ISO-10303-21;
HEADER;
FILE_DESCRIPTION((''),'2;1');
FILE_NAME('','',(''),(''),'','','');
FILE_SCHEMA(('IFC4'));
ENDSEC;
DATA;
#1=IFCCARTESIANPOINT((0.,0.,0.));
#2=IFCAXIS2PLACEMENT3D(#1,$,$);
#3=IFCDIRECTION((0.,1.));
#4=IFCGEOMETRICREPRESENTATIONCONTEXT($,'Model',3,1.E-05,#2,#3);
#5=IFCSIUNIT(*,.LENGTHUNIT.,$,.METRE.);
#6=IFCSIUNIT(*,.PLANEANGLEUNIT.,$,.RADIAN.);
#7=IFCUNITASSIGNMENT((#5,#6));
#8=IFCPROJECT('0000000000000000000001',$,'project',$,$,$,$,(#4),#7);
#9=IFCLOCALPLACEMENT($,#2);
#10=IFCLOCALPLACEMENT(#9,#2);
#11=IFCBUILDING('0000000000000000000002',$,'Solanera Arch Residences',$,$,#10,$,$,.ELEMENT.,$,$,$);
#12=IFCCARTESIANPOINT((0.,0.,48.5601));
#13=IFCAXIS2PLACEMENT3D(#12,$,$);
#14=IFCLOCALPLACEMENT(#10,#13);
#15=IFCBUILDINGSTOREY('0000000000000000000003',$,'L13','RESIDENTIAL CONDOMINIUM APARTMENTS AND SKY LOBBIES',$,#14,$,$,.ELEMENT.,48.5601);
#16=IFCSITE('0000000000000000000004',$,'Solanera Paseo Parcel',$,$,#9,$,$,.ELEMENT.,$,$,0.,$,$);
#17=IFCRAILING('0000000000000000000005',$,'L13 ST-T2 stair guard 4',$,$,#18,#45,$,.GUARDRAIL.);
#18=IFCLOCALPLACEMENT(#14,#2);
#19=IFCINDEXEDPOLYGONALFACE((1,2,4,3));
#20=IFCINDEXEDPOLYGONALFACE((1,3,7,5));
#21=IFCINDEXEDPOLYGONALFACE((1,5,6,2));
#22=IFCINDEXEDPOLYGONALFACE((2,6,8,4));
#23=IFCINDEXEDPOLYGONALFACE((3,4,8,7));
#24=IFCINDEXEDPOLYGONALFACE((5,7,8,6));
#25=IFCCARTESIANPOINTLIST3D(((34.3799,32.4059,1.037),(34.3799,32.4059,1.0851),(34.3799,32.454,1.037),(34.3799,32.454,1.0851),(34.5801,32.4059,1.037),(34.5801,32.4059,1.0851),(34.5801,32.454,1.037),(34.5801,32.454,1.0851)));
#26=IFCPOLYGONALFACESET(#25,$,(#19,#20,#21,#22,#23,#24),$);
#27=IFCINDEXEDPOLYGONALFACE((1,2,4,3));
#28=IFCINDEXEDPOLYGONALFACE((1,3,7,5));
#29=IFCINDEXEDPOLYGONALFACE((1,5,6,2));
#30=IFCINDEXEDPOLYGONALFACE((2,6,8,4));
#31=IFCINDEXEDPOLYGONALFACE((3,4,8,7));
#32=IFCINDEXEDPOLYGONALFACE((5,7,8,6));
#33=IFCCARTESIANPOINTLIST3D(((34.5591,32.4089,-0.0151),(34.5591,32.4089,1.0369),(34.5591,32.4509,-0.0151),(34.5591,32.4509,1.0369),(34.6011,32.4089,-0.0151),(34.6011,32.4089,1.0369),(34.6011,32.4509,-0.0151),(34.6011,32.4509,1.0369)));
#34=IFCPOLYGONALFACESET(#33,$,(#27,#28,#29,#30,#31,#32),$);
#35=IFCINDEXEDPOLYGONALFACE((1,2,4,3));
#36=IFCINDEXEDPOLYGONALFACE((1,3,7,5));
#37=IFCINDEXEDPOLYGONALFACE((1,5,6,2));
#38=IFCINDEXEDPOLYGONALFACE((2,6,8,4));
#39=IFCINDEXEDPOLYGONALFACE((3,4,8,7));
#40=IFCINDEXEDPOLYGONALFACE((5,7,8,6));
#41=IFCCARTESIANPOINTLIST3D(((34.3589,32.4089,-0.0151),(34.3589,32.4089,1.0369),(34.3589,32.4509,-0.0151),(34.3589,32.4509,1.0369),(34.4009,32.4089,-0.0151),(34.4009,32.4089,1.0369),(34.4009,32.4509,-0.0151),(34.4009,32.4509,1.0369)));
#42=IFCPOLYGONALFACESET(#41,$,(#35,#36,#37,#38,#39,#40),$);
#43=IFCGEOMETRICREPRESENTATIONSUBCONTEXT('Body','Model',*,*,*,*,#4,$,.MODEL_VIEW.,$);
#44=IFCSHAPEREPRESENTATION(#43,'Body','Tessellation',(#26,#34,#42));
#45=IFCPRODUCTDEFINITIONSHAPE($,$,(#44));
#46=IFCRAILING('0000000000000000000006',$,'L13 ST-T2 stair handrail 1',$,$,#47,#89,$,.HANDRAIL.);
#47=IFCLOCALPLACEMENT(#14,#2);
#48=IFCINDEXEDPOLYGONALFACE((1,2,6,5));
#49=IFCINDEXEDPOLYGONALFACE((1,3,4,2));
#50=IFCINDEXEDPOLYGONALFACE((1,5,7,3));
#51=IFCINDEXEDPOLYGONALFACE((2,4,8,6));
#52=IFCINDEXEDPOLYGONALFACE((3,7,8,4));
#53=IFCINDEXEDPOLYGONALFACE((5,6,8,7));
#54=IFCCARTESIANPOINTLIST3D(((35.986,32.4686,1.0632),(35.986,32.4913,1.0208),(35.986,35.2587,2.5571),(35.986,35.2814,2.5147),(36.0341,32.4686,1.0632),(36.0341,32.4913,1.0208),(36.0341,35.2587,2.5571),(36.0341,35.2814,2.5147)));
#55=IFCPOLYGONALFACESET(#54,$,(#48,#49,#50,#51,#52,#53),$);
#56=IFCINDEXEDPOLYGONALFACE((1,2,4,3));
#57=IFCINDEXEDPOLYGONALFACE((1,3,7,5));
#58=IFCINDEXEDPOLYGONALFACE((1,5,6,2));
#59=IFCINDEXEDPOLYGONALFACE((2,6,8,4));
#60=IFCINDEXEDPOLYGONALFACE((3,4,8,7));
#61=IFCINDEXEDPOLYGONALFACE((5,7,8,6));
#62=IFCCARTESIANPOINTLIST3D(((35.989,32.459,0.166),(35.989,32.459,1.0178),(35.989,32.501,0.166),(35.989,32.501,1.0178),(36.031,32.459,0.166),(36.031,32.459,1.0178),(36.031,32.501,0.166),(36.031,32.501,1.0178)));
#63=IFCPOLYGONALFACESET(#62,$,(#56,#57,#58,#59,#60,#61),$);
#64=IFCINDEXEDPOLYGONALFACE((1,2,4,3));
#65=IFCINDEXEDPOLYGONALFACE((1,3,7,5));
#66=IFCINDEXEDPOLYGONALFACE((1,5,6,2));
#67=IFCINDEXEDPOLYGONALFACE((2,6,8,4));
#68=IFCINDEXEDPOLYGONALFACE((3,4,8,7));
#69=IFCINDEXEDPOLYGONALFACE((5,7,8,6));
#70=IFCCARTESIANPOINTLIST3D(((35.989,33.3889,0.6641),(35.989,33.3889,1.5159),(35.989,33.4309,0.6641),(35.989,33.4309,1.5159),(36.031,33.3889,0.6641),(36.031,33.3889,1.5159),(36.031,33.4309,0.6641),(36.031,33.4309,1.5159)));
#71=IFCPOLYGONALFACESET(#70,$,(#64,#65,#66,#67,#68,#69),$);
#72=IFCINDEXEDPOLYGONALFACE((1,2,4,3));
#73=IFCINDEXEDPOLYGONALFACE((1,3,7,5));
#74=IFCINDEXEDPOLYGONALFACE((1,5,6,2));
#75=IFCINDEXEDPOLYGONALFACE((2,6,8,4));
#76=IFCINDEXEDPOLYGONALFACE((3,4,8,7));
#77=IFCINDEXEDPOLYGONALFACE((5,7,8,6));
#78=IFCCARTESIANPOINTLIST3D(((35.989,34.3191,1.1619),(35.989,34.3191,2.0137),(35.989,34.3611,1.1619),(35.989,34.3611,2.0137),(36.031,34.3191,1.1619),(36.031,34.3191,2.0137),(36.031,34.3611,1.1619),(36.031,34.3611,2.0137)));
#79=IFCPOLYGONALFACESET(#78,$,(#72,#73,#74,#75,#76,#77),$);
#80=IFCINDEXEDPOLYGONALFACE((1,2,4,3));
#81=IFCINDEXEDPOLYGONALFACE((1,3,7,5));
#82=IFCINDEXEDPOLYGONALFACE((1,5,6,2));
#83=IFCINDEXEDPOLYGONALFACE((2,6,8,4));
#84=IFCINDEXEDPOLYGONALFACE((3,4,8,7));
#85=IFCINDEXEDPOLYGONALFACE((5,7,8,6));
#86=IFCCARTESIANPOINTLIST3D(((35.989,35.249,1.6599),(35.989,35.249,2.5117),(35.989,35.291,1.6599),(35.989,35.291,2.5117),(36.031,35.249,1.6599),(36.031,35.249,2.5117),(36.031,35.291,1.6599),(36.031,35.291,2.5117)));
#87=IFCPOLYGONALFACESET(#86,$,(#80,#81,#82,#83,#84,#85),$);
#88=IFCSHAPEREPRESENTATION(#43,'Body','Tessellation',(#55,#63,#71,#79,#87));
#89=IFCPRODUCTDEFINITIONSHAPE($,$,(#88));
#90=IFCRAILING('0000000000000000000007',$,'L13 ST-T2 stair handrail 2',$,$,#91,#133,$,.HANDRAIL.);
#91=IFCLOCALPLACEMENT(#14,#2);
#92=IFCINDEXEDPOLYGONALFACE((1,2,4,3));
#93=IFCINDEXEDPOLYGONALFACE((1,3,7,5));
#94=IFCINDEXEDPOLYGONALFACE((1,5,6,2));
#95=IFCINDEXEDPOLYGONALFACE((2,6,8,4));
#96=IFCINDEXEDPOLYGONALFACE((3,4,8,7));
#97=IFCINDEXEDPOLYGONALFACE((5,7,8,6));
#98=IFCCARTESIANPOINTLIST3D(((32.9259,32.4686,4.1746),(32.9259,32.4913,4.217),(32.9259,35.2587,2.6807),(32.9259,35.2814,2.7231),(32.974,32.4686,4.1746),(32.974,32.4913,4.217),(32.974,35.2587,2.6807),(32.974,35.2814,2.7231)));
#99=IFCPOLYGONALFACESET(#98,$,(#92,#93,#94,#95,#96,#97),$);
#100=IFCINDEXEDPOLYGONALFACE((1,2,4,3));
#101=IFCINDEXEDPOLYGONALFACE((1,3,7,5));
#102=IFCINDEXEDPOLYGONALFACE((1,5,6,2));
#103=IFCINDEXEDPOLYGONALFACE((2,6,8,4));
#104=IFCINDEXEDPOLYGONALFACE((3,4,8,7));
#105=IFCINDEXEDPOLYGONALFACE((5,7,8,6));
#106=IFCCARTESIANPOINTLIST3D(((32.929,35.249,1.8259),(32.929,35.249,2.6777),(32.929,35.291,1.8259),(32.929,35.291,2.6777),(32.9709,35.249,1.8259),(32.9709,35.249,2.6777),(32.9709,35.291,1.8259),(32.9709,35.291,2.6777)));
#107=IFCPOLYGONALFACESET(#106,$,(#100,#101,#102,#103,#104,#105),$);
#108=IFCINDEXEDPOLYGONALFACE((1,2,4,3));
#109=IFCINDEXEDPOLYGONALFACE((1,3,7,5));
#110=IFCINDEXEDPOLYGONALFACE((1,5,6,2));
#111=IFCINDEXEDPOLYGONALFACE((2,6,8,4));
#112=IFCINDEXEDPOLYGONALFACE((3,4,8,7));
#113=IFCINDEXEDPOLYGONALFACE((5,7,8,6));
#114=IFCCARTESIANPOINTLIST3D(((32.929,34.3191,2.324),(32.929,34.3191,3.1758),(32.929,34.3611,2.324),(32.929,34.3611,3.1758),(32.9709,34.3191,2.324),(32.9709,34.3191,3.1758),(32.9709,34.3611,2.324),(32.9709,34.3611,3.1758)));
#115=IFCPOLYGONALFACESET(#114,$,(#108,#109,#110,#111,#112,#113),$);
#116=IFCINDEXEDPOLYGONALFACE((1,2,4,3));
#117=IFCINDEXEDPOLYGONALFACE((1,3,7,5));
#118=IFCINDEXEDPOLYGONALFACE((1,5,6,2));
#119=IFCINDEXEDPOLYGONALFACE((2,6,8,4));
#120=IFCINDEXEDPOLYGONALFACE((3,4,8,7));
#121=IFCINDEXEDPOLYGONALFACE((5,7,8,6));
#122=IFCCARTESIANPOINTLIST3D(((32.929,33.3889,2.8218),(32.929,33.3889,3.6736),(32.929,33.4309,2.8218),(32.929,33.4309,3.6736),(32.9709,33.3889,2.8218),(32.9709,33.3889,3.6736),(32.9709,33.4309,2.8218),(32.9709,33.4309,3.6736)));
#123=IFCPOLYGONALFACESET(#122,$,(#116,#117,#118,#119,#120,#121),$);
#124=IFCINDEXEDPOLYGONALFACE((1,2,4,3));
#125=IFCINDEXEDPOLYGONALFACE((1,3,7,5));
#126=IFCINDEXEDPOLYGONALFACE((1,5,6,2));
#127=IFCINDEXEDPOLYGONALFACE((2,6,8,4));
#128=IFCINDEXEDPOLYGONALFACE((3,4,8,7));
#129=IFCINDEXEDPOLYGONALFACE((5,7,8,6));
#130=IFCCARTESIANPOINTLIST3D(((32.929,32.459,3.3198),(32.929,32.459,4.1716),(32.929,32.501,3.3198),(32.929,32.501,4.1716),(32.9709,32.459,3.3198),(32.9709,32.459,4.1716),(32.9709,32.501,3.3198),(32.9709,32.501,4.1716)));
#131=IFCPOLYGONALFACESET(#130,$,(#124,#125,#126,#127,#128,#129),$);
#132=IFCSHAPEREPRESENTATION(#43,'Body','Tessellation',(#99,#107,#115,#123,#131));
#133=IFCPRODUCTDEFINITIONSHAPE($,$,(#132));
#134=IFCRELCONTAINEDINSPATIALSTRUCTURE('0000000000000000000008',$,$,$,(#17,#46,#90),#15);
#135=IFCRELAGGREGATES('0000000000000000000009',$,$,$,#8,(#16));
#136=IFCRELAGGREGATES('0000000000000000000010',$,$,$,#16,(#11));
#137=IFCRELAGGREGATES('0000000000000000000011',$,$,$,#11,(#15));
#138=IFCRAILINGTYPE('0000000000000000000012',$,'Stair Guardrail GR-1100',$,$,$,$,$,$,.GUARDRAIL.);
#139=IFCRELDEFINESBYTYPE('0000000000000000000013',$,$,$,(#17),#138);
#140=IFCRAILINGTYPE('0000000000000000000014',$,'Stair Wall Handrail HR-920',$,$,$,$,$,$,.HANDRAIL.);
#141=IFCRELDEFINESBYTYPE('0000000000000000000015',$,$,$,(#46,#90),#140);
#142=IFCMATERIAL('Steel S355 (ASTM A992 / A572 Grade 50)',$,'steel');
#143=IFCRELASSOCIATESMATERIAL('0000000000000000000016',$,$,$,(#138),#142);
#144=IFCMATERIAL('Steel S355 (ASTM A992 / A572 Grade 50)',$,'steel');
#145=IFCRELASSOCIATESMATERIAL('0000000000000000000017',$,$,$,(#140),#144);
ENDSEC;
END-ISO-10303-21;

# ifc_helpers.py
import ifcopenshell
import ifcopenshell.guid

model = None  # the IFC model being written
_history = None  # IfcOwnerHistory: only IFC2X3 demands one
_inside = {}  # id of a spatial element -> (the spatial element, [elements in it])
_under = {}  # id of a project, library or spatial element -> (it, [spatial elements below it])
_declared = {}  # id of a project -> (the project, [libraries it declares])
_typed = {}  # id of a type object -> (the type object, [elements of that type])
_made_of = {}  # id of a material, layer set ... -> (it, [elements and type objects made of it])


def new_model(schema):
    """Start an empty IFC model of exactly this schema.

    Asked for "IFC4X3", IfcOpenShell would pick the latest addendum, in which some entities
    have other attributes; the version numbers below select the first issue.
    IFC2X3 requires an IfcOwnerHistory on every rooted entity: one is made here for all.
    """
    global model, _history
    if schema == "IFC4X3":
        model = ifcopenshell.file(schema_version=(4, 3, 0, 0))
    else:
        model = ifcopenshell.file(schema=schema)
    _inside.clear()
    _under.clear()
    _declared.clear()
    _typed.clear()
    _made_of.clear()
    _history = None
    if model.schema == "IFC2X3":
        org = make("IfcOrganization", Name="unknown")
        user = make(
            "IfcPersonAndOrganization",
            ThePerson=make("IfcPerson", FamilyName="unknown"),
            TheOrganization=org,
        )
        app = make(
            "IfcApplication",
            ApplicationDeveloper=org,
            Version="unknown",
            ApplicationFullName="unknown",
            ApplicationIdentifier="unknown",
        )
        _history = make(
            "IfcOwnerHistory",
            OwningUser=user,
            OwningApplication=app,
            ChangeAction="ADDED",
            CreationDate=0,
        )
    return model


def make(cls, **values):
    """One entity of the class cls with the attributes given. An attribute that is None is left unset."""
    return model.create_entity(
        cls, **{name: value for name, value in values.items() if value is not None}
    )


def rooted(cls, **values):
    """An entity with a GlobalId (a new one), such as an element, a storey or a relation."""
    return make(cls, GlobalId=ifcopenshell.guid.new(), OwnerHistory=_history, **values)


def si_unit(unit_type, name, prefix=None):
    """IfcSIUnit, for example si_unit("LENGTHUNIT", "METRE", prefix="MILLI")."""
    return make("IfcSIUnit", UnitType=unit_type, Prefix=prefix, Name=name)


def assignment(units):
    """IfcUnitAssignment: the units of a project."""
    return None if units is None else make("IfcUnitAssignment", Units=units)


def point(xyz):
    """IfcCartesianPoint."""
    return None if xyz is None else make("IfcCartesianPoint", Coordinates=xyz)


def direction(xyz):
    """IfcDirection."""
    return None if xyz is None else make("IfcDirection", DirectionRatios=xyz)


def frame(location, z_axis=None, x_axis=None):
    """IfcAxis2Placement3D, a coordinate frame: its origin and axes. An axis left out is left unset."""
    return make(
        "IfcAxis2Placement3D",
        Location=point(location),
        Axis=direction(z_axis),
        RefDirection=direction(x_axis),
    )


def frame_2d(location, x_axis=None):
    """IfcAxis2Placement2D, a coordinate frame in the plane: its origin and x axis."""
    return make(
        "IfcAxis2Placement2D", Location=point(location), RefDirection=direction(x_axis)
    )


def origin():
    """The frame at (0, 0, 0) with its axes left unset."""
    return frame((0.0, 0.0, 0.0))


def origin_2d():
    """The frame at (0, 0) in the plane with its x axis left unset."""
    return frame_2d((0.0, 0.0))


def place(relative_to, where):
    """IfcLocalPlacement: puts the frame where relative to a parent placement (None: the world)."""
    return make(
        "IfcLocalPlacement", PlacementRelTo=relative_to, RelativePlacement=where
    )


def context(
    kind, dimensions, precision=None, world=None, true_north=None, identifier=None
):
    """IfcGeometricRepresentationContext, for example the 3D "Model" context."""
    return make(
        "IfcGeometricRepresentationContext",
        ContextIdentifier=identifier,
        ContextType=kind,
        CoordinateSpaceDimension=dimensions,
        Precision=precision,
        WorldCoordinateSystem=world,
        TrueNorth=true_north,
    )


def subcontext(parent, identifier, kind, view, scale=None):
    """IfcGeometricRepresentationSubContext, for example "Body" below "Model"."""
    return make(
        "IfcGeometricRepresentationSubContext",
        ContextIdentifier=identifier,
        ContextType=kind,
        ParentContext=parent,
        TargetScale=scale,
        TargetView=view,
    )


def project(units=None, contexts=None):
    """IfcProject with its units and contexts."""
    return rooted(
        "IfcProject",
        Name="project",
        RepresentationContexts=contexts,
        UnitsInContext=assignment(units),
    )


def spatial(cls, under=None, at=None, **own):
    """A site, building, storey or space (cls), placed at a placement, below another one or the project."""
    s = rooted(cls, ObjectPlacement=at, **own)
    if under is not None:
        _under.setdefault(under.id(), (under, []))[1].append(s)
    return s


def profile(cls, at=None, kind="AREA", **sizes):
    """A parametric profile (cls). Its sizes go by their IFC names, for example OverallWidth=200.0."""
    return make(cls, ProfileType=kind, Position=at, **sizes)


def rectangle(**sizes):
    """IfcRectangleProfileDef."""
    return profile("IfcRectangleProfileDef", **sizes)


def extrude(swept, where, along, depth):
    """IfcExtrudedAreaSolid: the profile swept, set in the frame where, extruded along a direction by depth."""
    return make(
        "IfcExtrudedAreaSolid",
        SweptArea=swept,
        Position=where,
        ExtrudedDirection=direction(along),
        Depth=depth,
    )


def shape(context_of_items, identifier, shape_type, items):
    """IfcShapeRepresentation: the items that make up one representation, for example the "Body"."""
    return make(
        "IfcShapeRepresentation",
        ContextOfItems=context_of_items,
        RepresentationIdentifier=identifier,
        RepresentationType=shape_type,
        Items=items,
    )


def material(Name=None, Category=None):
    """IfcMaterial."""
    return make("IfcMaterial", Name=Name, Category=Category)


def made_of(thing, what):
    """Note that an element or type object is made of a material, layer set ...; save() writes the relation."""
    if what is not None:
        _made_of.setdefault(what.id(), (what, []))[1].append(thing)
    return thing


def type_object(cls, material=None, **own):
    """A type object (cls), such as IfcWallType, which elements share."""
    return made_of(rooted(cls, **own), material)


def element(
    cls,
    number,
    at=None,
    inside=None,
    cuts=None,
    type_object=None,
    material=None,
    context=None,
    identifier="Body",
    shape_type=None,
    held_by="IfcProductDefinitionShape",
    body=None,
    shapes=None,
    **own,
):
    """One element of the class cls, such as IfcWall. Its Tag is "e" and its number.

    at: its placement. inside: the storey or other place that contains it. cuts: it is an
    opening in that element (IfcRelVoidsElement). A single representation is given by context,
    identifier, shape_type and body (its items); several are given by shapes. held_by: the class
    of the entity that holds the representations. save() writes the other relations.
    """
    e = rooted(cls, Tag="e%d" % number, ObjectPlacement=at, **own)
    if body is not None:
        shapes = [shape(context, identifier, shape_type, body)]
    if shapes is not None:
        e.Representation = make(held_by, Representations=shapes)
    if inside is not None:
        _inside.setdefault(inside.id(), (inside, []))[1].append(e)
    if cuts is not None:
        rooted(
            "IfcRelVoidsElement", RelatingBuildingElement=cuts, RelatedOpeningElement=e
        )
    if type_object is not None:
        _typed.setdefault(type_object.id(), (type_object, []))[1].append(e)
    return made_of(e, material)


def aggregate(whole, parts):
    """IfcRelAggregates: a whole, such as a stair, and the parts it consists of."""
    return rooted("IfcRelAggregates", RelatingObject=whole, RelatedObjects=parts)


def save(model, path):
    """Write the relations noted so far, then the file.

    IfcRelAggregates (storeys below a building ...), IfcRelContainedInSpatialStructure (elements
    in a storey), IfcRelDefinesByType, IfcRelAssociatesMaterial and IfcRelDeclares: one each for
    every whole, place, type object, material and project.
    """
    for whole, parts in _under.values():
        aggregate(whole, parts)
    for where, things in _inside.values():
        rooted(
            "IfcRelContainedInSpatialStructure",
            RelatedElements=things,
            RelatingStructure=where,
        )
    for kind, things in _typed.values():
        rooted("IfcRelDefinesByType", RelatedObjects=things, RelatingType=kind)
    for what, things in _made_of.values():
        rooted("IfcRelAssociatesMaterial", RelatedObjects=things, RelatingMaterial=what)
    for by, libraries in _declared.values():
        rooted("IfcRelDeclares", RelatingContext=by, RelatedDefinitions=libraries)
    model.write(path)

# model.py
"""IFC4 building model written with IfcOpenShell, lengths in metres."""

from ifc_helpers import new_model, si_unit, direction, frame, origin, origin_2d, place, context, subcontext, project, spatial, rectangle, extrude, material, type_object, element, save


model = new_model("IFC4")

# Units and contexts
model_context = context("Model", 3, precision=1e-05, world=origin(), true_north=direction((0.0, 1.0)))
body_context = subcontext(model_context, "Body", "Model", "MODEL_VIEW")
ifc_project = project(units=[si_unit("LENGTHUNIT", "METRE"), si_unit("PLANEANGLEUNIT", "RADIAN")], contexts=[model_context])

# Site, building, storey
site_placement = place(None, origin())
site = spatial("IfcSite", under=ifc_project, at=site_placement, Name="Solanera Paseo Parcel", CompositionType="ELEMENT", RefElevation=0.0)
building_placement = place(site_placement, origin())
building = spatial("IfcBuilding", under=site, at=building_placement, Name="Solanera Arch Residences", CompositionType="ELEMENT")
storey_placement = place(building_placement, frame((0.0, 0.0, 48.5601)))
storey = spatial("IfcBuildingStorey", under=building, at=storey_placement, Name="L13", Description="RESIDENTIAL CONDOMINIUM APARTMENTS AND SKY LOBBIES", CompositionType="ELEMENT", Elevation=48.5601)

# Railings
ifc_material_1 = material(Name="Steel S355 (ASTM A992 / A572 Grade 50)", Category="steel")
railing_type_1 = type_object("IfcRailingType", Name="Stair Guardrail GR-1100", PredefinedType="GUARDRAIL", material=ifc_material_1)
railing_1_placement = place(storey_placement, frame((34.5801, 32.4299, -0.0151)))
element("IfcRailing", 1, at=railing_1_placement, inside=storey, type_object=railing_type_1, Name="L13 ST-T2 stair guard 4", PredefinedType="GUARDRAIL", context=body_context, shape_type="SweptSolid", body=[
    extrude(rectangle(XDim=0.0481, YDim=0.0481, at=origin_2d()), frame((0.0, 0.0, 1.0762), z_axis=(-1.0, 0.0, 0.0), x_axis=(0.0, -1.0, 0.0)), (0.0, 0.0, 1.0), 0.2002),
    extrude(rectangle(XDim=0.042, YDim=0.042, at=origin_2d()), origin(), (0.0, 0.0, 1.0), 1.052),
    extrude(rectangle(XDim=0.042, YDim=0.042, at=origin_2d()), frame((-0.2002, 0.0, 0.0)), (0.0, 0.0, 1.0), 1.052),
])
ifc_material_2 = material(Name="Steel S355 (ASTM A992 / A572 Grade 50)", Category="steel")
railing_type_2 = type_object("IfcRailingType", Name="Stair Wall Handrail HR-920", PredefinedType="HANDRAIL", material=ifc_material_2)
railing_2_placement = place(storey_placement, frame((36.01, 32.48, 0.166)))
element("IfcRailing", 2, at=railing_2_placement, inside=storey, type_object=railing_type_2, Name="L13 ST-T2 stair handrail 1", PredefinedType="HANDRAIL", context=body_context, shape_type="SweptSolid", body=[
    extrude(rectangle(XDim=0.0481, YDim=0.0481, at=origin_2d()), frame((0.0, 0.0, 0.876), z_axis=(0.0, 0.881581, 0.472033), x_axis=(-1.0, 0.0, 0.0)), (0.0, 0.0, 1.0), 3.1648),
    extrude(rectangle(XDim=0.042, YDim=0.042, at=origin_2d()), origin(), (0.0, 0.0, 1.0), 0.8518),
    extrude(rectangle(XDim=0.042, YDim=0.042, at=origin_2d()), frame((0.0, 0.9299, 0.498)), (0.0, 0.0, 1.0), 0.8518),
    extrude(rectangle(XDim=0.042, YDim=0.042, at=origin_2d()), frame((0.0, 1.8601, 0.9958)), (0.0, 0.0, 1.0), 0.8518),
    extrude(rectangle(XDim=0.042, YDim=0.042, at=origin_2d()), frame((0.0, 2.79, 1.4939)), (0.0, 0.0, 1.0), 0.8518),
])
railing_3_placement = place(storey_placement, frame((32.95, 35.27, 1.8259)))
element("IfcRailing", 3, at=railing_3_placement, inside=storey, type_object=railing_type_2, Name="L13 ST-T2 stair handrail 2", PredefinedType="HANDRAIL", context=body_context, shape_type="SweptSolid", body=[
    extrude(rectangle(XDim=0.0481, YDim=0.0481, at=origin_2d()), frame((0.0, 0.0, 0.876), z_axis=(0.0, -0.881581, 0.472033), x_axis=(1.0, 0.0, 0.0)), (0.0, 0.0, 1.0), 3.1648),
    extrude(rectangle(XDim=0.042, YDim=0.042, at=origin_2d()), origin(), (0.0, 0.0, 1.0), 0.8518),
    extrude(rectangle(XDim=0.042, YDim=0.042, at=origin_2d()), frame((0.0, -0.9299, 0.498)), (0.0, 0.0, 1.0), 0.8518),
    extrude(rectangle(XDim=0.042, YDim=0.042, at=origin_2d()), frame((0.0, -1.8601, 0.9958)), (0.0, 0.0, 1.0), 0.8518),
    extrude(rectangle(XDim=0.042, YDim=0.042, at=origin_2d()), frame((0.0, -2.79, 1.4939)), (0.0, 0.0, 1.0), 0.8518),
])

save(model, "model.ifc")
